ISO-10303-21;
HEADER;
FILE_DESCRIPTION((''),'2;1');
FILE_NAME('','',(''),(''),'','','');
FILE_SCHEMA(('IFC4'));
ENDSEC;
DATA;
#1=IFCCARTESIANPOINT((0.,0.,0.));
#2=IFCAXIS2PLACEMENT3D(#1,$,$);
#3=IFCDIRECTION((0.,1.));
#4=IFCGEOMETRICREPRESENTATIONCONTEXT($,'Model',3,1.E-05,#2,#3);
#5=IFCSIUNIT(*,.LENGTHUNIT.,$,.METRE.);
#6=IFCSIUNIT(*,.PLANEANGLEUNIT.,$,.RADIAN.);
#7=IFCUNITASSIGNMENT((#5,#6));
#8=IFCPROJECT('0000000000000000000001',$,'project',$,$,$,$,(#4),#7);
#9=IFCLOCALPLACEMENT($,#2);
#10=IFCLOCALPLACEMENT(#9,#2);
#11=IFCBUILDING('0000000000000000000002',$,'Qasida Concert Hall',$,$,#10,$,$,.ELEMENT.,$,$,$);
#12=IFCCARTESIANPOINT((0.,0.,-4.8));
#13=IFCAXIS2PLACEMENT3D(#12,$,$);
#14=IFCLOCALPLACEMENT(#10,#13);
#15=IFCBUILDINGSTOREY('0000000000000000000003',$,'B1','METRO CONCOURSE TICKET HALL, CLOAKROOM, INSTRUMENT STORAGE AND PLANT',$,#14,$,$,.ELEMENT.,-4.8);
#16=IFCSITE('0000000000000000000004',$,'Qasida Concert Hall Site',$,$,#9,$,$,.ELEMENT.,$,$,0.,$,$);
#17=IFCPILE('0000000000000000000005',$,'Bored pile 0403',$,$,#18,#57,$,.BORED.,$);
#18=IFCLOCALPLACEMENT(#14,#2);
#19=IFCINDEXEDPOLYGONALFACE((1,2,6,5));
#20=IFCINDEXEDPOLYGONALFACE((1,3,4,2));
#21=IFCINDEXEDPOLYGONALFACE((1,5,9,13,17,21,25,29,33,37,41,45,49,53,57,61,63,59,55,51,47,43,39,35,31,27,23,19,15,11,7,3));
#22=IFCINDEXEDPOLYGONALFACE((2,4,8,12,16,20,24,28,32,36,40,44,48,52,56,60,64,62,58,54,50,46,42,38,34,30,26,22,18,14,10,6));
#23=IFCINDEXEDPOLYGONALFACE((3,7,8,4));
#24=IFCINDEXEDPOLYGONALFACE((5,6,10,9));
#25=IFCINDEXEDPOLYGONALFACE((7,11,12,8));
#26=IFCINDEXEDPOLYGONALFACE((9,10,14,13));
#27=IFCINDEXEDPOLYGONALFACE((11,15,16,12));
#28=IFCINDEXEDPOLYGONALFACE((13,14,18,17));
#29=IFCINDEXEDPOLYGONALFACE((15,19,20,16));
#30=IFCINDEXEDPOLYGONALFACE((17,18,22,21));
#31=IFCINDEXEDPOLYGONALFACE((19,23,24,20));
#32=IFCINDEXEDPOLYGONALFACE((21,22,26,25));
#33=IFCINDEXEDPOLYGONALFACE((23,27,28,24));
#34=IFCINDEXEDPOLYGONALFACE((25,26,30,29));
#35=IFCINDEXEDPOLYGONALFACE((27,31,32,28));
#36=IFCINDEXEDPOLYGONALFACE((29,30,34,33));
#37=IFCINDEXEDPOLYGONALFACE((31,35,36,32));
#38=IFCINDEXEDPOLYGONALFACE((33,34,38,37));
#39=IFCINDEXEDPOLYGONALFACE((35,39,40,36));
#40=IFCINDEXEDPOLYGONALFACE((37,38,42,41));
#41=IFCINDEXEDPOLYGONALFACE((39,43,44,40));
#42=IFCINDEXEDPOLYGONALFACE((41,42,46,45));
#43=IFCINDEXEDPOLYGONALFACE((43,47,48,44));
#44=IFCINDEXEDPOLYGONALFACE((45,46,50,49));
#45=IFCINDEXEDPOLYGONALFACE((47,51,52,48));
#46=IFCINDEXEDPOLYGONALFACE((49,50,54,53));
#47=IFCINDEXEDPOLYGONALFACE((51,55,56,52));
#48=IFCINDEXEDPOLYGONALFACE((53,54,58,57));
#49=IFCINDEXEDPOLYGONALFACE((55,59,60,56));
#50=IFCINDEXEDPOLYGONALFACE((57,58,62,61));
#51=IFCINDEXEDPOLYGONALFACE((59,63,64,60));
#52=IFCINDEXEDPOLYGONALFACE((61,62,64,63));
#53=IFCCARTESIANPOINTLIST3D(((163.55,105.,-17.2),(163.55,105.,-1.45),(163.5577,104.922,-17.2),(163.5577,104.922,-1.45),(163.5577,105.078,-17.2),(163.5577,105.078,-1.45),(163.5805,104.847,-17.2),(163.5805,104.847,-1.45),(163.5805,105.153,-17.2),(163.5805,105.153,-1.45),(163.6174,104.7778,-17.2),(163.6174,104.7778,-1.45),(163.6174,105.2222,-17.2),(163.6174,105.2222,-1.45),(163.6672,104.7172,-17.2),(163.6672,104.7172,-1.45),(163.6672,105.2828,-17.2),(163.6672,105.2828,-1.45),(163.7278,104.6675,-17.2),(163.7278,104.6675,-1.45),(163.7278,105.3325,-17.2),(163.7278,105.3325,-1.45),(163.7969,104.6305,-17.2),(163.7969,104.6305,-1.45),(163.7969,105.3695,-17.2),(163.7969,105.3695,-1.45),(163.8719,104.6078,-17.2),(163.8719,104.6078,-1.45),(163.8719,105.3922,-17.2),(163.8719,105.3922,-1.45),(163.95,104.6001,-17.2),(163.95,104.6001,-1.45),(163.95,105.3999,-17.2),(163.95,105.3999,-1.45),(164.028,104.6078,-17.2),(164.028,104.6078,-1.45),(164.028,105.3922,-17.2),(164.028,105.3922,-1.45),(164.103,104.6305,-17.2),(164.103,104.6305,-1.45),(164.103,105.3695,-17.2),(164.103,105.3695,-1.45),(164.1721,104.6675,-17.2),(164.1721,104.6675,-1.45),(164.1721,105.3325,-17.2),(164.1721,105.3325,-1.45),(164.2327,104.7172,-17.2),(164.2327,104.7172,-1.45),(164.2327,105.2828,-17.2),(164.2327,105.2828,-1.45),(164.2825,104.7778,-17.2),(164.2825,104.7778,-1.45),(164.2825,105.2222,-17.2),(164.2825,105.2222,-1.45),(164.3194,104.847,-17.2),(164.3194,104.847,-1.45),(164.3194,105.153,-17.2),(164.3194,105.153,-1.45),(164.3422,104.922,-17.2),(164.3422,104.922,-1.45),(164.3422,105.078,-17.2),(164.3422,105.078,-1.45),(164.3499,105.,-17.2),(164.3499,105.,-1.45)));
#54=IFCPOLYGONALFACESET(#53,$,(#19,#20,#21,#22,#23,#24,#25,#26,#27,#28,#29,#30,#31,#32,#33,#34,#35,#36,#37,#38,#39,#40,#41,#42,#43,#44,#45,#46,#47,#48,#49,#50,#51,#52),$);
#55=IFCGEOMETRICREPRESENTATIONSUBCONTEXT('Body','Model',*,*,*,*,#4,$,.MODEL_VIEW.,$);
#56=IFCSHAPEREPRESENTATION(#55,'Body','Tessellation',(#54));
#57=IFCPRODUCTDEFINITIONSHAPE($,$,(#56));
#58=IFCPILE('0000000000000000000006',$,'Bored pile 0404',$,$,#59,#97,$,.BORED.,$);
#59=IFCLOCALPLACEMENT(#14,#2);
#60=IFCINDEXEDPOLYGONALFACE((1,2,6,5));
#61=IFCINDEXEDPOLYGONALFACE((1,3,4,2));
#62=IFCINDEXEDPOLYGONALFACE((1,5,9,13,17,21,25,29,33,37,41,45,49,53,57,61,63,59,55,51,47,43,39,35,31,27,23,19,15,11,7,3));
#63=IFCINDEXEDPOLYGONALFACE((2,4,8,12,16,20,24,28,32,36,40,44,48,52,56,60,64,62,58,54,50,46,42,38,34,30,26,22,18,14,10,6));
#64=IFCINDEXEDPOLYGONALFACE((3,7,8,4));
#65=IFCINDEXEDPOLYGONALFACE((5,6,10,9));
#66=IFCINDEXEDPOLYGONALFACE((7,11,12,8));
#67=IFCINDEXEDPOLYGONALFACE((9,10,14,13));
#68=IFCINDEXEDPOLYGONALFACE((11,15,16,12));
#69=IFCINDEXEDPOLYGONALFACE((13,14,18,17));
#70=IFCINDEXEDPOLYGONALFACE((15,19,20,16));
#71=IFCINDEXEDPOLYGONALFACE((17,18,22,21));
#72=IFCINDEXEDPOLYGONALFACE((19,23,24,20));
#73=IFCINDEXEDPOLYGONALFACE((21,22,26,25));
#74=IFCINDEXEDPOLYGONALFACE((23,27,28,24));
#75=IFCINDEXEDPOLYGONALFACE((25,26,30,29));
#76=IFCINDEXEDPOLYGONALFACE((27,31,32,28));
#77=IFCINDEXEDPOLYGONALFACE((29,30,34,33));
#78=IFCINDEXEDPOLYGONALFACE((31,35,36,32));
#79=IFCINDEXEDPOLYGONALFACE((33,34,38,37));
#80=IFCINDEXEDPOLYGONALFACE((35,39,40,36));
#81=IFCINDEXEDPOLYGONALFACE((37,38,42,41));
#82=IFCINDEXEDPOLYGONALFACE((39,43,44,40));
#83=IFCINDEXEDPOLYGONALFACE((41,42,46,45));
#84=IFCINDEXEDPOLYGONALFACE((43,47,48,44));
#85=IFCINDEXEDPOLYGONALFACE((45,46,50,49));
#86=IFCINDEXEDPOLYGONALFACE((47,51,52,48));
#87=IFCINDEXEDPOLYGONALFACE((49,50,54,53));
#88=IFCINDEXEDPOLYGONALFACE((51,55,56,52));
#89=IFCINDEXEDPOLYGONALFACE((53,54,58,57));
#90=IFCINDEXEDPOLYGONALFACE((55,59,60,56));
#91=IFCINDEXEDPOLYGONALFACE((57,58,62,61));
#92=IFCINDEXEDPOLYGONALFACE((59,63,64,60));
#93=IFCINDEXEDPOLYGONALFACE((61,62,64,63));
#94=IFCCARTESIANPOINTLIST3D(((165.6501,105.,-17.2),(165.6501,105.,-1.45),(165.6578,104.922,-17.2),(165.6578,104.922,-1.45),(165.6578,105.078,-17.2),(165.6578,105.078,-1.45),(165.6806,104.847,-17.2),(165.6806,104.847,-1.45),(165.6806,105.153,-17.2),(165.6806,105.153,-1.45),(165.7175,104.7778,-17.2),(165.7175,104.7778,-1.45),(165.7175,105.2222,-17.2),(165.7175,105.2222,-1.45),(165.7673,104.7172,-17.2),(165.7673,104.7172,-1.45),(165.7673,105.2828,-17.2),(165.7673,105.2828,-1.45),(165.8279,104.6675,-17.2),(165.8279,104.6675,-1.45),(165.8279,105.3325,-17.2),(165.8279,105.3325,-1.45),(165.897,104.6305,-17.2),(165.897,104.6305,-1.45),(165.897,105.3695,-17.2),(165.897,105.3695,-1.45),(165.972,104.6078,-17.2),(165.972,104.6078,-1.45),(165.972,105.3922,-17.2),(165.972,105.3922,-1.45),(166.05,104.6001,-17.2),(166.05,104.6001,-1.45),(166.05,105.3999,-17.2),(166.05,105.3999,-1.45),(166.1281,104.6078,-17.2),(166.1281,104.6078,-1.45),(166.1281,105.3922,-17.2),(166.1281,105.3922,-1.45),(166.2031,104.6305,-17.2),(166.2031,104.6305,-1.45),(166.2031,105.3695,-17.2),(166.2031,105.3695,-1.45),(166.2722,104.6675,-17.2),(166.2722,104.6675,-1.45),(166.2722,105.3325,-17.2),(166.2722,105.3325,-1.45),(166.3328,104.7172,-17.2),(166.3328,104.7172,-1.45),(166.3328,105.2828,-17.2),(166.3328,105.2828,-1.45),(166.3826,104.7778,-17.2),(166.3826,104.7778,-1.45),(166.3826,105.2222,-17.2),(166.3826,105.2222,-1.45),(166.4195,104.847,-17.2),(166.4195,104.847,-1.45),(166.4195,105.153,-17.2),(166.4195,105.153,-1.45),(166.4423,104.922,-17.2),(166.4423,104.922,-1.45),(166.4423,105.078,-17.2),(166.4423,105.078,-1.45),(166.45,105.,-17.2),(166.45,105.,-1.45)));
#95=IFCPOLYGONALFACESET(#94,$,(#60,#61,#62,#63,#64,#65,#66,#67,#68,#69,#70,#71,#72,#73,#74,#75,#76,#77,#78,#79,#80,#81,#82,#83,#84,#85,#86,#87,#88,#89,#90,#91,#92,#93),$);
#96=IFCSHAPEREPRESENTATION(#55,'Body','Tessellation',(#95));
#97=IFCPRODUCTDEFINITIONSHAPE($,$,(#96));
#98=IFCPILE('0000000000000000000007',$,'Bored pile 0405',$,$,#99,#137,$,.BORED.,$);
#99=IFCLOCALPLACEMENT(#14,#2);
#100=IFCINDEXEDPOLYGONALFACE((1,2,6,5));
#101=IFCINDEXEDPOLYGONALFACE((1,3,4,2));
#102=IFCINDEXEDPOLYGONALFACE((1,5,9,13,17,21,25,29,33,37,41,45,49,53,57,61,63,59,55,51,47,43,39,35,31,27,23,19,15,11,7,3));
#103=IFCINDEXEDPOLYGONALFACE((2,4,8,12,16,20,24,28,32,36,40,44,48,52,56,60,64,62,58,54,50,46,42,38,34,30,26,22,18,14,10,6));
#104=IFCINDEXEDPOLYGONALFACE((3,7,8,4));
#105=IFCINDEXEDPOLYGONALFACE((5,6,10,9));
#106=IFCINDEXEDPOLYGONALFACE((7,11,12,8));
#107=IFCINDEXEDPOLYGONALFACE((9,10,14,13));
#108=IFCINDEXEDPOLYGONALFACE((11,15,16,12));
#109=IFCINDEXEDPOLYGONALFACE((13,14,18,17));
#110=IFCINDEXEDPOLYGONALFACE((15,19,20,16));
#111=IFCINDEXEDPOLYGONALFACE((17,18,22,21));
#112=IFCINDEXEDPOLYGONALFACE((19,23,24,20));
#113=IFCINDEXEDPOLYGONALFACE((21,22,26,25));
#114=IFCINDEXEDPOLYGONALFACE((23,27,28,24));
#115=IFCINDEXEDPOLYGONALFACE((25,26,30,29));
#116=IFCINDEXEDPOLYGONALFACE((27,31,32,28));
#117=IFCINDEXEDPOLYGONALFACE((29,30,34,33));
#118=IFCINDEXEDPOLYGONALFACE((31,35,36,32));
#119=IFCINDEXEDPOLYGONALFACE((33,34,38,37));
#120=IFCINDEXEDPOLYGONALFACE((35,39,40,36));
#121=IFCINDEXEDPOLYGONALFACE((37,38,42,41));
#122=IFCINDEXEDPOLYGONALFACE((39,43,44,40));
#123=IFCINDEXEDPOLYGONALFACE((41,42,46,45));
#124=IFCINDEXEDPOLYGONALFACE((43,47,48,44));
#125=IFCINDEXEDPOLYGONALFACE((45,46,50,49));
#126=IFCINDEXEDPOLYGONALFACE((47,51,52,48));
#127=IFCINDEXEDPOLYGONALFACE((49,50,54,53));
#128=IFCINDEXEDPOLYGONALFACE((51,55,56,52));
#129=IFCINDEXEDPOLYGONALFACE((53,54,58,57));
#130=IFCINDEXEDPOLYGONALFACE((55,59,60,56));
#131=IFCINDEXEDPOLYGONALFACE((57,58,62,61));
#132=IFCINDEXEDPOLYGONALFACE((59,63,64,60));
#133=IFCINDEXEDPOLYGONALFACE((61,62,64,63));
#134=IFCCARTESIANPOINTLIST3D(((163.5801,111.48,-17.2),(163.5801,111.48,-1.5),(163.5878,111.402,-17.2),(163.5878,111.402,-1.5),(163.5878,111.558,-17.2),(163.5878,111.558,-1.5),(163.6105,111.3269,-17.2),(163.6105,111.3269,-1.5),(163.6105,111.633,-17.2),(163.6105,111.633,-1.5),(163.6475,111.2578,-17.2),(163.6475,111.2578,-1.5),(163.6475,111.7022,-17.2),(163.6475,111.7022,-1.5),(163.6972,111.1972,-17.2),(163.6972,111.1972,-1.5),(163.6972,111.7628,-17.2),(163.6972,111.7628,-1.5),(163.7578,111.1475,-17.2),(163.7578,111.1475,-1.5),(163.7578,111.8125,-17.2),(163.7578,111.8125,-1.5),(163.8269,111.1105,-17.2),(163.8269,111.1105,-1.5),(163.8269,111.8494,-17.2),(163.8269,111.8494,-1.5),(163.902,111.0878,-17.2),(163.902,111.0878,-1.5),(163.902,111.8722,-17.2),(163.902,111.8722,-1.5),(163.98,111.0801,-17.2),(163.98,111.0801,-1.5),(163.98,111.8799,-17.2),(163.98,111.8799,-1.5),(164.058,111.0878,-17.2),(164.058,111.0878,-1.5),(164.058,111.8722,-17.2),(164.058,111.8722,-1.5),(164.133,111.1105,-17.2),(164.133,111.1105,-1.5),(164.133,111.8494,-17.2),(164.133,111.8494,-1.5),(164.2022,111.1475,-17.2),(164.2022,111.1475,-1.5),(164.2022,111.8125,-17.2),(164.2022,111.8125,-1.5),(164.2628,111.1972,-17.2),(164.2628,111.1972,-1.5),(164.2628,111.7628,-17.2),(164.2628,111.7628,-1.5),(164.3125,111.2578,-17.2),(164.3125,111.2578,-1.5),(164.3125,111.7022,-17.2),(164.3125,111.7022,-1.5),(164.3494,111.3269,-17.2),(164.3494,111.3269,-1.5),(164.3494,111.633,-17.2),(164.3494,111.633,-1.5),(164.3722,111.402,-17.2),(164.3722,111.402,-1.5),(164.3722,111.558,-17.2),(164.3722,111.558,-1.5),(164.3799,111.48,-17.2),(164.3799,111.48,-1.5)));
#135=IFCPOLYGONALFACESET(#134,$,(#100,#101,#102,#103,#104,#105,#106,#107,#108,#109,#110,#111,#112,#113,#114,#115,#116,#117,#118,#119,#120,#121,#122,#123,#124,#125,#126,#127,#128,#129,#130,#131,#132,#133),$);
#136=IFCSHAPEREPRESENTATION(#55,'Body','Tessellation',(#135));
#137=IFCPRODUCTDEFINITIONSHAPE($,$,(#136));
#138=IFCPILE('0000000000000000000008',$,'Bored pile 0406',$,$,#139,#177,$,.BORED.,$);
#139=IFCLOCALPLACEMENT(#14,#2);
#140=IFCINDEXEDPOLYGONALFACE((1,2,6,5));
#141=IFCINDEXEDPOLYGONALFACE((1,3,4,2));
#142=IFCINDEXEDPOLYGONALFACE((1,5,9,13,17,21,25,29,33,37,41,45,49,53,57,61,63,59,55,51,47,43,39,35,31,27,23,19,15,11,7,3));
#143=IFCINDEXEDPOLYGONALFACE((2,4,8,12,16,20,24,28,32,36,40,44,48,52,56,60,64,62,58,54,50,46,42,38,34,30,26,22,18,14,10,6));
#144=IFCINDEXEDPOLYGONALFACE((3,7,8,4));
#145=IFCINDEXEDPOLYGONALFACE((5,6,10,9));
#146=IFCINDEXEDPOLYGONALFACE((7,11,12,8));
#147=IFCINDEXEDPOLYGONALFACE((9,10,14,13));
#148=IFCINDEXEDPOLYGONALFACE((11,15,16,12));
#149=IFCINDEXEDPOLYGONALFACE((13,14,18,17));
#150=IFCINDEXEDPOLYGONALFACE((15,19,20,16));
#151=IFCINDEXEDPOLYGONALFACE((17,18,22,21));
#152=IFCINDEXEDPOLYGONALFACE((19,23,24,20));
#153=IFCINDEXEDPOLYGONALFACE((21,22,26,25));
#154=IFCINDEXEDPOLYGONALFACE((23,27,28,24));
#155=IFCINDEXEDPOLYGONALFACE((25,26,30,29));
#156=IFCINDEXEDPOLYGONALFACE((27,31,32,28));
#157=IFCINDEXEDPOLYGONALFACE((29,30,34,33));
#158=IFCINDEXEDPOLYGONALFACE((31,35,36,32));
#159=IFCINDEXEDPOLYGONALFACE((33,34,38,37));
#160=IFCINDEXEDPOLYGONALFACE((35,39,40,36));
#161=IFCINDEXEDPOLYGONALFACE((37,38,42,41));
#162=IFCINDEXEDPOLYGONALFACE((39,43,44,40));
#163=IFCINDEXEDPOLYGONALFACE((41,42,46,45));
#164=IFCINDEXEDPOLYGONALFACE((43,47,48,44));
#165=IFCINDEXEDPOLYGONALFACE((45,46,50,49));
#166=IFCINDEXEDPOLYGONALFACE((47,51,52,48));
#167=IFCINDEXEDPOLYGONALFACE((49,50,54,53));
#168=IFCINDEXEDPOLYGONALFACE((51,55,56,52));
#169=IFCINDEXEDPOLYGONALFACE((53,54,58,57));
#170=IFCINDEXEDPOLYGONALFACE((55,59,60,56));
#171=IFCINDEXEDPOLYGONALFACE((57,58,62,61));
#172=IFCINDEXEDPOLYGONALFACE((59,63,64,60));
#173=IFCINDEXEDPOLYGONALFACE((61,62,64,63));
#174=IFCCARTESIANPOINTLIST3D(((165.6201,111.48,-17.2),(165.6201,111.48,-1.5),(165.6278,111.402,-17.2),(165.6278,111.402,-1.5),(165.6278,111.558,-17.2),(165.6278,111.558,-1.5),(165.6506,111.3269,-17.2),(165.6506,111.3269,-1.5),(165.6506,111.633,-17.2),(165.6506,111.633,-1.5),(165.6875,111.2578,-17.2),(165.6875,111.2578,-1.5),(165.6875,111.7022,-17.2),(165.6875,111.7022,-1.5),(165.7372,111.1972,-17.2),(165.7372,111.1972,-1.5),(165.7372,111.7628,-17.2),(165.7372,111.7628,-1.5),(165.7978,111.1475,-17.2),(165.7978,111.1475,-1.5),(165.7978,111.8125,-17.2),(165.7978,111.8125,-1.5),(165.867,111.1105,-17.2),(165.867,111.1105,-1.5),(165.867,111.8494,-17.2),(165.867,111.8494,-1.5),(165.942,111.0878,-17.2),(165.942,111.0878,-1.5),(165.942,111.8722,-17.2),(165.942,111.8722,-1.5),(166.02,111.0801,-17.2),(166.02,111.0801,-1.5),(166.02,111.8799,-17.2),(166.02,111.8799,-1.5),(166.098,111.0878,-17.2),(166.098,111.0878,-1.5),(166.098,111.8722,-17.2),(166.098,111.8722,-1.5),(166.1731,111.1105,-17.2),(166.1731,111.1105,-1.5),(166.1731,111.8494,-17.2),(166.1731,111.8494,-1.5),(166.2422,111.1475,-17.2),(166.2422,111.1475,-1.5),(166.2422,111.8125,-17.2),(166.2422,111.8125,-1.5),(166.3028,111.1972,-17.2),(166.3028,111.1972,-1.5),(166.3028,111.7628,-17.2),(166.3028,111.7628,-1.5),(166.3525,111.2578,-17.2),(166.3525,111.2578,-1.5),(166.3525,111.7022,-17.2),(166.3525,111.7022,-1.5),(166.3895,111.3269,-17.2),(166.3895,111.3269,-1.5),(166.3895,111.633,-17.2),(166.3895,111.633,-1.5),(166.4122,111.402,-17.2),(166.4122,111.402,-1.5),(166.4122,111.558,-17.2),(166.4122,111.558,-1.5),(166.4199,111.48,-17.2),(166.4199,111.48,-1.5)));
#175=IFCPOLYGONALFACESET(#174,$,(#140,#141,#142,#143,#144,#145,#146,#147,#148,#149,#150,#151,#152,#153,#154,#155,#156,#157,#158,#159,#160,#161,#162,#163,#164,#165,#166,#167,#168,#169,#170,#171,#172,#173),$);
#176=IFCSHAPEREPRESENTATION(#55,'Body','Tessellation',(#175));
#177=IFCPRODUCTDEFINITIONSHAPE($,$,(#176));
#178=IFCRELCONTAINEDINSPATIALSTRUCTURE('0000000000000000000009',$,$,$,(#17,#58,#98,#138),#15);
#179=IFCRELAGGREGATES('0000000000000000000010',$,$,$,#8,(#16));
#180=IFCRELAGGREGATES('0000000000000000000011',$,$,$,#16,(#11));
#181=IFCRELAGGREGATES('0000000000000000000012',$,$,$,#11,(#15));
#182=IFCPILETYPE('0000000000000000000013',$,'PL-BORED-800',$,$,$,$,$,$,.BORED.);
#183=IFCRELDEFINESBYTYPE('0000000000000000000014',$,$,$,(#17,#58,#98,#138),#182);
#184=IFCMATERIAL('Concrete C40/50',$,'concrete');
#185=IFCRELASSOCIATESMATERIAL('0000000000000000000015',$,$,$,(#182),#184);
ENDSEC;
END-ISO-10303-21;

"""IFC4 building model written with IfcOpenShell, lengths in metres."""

from ifc_helpers import new_model, si_unit, direction, frame, origin, origin_2d, place, context, subcontext, project, spatial, circle, extrude, material, material_profile, profile_set, type_object, element, save


model = new_model("IFC4")

# Units and contexts
model_context = context("Model", 3, precision=1e-05, world=origin(), true_north=direction((0.0, 1.0)))
body_context = subcontext(model_context, "Body", "Model", "MODEL_VIEW")
ifc_project = project(units=[si_unit("LENGTHUNIT", "METRE"), si_unit("PLANEANGLEUNIT", "RADIAN")], contexts=[model_context])

# Site, building, storey
site_placement = place(None, origin())
site = spatial("IfcSite", under=ifc_project, at=site_placement, Name="Qasida Concert Hall Site", CompositionType="ELEMENT", RefElevation=0.0)
building_placement = place(site_placement, origin())
building = spatial("IfcBuilding", under=site, at=building_placement, Name="Qasida Concert Hall", CompositionType="ELEMENT")
storey_placement = place(building_placement, frame((0.0, 0.0, -4.8)))
storey = spatial("IfcBuildingStorey", under=building, at=storey_placement, Name="B1", Description="METRO CONCOURSE TICKET HALL, CLOAKROOM, INSTRUMENT STORAGE AND PLANT", CompositionType="ELEMENT", Elevation=-4.8)

# Shared definitions
ifc_material_1 = material(Name="Concrete C40/50", Category="concrete")

# Piles
ifc_material_profile_1 = material_profile(ifc_material_1, circle(Radius=0.3999, at=origin_2d()), Name="BORED PILE D800")
ifc_profile_set_1 = profile_set([ifc_material_profile_1], Name="Concrete C40/50")
pile_type = type_object("IfcPileType", Name="PL-BORED-800", PredefinedType="BORED", material=ifc_profile_set_1)
for number, where, z_axis, x_axis, name in (
    (1, (163.95, 105.0, -1.45), (0.0, 0.0, -1.0), (1.0, 0.0, 0.0), "Bored pile 0403"),
    (2, (166.05, 105.0, -1.45), (0.0, 0.0, -1.0), (1.0, 0.0, 0.0), "Bored pile 0404"),
):
    element("IfcPile", number, at=place(storey_placement, frame(where, z_axis=z_axis, x_axis=x_axis)), inside=storey, type_object=pile_type, Name=name, PredefinedType="BORED", context=body_context, shape_type="SweptSolid", body=[
        extrude(circle(Radius=0.3999, at=origin_2d()), origin(), (0.0, 0.0, 1.0), 15.75),
    ])
for number, where, z_axis, x_axis, name in (
    (3, (163.98, 111.48, -1.5), (0.0, 0.0, -1.0), (1.0, 0.0, 0.0), "Bored pile 0405"),
    (4, (166.02, 111.48, -1.5), (0.0, 0.0, -1.0), (1.0, 0.0, 0.0), "Bored pile 0406"),
):
    element("IfcPile", number, at=place(storey_placement, frame(where, z_axis=z_axis, x_axis=x_axis)), inside=storey, type_object=pile_type, Name=name, PredefinedType="BORED", context=body_context, shape_type="SweptSolid", body=[
        extrude(circle(Radius=0.3999, at=origin_2d()), origin(), (0.0, 0.0, 1.0), 15.7),
    ])

save(model, "model.ifc")
